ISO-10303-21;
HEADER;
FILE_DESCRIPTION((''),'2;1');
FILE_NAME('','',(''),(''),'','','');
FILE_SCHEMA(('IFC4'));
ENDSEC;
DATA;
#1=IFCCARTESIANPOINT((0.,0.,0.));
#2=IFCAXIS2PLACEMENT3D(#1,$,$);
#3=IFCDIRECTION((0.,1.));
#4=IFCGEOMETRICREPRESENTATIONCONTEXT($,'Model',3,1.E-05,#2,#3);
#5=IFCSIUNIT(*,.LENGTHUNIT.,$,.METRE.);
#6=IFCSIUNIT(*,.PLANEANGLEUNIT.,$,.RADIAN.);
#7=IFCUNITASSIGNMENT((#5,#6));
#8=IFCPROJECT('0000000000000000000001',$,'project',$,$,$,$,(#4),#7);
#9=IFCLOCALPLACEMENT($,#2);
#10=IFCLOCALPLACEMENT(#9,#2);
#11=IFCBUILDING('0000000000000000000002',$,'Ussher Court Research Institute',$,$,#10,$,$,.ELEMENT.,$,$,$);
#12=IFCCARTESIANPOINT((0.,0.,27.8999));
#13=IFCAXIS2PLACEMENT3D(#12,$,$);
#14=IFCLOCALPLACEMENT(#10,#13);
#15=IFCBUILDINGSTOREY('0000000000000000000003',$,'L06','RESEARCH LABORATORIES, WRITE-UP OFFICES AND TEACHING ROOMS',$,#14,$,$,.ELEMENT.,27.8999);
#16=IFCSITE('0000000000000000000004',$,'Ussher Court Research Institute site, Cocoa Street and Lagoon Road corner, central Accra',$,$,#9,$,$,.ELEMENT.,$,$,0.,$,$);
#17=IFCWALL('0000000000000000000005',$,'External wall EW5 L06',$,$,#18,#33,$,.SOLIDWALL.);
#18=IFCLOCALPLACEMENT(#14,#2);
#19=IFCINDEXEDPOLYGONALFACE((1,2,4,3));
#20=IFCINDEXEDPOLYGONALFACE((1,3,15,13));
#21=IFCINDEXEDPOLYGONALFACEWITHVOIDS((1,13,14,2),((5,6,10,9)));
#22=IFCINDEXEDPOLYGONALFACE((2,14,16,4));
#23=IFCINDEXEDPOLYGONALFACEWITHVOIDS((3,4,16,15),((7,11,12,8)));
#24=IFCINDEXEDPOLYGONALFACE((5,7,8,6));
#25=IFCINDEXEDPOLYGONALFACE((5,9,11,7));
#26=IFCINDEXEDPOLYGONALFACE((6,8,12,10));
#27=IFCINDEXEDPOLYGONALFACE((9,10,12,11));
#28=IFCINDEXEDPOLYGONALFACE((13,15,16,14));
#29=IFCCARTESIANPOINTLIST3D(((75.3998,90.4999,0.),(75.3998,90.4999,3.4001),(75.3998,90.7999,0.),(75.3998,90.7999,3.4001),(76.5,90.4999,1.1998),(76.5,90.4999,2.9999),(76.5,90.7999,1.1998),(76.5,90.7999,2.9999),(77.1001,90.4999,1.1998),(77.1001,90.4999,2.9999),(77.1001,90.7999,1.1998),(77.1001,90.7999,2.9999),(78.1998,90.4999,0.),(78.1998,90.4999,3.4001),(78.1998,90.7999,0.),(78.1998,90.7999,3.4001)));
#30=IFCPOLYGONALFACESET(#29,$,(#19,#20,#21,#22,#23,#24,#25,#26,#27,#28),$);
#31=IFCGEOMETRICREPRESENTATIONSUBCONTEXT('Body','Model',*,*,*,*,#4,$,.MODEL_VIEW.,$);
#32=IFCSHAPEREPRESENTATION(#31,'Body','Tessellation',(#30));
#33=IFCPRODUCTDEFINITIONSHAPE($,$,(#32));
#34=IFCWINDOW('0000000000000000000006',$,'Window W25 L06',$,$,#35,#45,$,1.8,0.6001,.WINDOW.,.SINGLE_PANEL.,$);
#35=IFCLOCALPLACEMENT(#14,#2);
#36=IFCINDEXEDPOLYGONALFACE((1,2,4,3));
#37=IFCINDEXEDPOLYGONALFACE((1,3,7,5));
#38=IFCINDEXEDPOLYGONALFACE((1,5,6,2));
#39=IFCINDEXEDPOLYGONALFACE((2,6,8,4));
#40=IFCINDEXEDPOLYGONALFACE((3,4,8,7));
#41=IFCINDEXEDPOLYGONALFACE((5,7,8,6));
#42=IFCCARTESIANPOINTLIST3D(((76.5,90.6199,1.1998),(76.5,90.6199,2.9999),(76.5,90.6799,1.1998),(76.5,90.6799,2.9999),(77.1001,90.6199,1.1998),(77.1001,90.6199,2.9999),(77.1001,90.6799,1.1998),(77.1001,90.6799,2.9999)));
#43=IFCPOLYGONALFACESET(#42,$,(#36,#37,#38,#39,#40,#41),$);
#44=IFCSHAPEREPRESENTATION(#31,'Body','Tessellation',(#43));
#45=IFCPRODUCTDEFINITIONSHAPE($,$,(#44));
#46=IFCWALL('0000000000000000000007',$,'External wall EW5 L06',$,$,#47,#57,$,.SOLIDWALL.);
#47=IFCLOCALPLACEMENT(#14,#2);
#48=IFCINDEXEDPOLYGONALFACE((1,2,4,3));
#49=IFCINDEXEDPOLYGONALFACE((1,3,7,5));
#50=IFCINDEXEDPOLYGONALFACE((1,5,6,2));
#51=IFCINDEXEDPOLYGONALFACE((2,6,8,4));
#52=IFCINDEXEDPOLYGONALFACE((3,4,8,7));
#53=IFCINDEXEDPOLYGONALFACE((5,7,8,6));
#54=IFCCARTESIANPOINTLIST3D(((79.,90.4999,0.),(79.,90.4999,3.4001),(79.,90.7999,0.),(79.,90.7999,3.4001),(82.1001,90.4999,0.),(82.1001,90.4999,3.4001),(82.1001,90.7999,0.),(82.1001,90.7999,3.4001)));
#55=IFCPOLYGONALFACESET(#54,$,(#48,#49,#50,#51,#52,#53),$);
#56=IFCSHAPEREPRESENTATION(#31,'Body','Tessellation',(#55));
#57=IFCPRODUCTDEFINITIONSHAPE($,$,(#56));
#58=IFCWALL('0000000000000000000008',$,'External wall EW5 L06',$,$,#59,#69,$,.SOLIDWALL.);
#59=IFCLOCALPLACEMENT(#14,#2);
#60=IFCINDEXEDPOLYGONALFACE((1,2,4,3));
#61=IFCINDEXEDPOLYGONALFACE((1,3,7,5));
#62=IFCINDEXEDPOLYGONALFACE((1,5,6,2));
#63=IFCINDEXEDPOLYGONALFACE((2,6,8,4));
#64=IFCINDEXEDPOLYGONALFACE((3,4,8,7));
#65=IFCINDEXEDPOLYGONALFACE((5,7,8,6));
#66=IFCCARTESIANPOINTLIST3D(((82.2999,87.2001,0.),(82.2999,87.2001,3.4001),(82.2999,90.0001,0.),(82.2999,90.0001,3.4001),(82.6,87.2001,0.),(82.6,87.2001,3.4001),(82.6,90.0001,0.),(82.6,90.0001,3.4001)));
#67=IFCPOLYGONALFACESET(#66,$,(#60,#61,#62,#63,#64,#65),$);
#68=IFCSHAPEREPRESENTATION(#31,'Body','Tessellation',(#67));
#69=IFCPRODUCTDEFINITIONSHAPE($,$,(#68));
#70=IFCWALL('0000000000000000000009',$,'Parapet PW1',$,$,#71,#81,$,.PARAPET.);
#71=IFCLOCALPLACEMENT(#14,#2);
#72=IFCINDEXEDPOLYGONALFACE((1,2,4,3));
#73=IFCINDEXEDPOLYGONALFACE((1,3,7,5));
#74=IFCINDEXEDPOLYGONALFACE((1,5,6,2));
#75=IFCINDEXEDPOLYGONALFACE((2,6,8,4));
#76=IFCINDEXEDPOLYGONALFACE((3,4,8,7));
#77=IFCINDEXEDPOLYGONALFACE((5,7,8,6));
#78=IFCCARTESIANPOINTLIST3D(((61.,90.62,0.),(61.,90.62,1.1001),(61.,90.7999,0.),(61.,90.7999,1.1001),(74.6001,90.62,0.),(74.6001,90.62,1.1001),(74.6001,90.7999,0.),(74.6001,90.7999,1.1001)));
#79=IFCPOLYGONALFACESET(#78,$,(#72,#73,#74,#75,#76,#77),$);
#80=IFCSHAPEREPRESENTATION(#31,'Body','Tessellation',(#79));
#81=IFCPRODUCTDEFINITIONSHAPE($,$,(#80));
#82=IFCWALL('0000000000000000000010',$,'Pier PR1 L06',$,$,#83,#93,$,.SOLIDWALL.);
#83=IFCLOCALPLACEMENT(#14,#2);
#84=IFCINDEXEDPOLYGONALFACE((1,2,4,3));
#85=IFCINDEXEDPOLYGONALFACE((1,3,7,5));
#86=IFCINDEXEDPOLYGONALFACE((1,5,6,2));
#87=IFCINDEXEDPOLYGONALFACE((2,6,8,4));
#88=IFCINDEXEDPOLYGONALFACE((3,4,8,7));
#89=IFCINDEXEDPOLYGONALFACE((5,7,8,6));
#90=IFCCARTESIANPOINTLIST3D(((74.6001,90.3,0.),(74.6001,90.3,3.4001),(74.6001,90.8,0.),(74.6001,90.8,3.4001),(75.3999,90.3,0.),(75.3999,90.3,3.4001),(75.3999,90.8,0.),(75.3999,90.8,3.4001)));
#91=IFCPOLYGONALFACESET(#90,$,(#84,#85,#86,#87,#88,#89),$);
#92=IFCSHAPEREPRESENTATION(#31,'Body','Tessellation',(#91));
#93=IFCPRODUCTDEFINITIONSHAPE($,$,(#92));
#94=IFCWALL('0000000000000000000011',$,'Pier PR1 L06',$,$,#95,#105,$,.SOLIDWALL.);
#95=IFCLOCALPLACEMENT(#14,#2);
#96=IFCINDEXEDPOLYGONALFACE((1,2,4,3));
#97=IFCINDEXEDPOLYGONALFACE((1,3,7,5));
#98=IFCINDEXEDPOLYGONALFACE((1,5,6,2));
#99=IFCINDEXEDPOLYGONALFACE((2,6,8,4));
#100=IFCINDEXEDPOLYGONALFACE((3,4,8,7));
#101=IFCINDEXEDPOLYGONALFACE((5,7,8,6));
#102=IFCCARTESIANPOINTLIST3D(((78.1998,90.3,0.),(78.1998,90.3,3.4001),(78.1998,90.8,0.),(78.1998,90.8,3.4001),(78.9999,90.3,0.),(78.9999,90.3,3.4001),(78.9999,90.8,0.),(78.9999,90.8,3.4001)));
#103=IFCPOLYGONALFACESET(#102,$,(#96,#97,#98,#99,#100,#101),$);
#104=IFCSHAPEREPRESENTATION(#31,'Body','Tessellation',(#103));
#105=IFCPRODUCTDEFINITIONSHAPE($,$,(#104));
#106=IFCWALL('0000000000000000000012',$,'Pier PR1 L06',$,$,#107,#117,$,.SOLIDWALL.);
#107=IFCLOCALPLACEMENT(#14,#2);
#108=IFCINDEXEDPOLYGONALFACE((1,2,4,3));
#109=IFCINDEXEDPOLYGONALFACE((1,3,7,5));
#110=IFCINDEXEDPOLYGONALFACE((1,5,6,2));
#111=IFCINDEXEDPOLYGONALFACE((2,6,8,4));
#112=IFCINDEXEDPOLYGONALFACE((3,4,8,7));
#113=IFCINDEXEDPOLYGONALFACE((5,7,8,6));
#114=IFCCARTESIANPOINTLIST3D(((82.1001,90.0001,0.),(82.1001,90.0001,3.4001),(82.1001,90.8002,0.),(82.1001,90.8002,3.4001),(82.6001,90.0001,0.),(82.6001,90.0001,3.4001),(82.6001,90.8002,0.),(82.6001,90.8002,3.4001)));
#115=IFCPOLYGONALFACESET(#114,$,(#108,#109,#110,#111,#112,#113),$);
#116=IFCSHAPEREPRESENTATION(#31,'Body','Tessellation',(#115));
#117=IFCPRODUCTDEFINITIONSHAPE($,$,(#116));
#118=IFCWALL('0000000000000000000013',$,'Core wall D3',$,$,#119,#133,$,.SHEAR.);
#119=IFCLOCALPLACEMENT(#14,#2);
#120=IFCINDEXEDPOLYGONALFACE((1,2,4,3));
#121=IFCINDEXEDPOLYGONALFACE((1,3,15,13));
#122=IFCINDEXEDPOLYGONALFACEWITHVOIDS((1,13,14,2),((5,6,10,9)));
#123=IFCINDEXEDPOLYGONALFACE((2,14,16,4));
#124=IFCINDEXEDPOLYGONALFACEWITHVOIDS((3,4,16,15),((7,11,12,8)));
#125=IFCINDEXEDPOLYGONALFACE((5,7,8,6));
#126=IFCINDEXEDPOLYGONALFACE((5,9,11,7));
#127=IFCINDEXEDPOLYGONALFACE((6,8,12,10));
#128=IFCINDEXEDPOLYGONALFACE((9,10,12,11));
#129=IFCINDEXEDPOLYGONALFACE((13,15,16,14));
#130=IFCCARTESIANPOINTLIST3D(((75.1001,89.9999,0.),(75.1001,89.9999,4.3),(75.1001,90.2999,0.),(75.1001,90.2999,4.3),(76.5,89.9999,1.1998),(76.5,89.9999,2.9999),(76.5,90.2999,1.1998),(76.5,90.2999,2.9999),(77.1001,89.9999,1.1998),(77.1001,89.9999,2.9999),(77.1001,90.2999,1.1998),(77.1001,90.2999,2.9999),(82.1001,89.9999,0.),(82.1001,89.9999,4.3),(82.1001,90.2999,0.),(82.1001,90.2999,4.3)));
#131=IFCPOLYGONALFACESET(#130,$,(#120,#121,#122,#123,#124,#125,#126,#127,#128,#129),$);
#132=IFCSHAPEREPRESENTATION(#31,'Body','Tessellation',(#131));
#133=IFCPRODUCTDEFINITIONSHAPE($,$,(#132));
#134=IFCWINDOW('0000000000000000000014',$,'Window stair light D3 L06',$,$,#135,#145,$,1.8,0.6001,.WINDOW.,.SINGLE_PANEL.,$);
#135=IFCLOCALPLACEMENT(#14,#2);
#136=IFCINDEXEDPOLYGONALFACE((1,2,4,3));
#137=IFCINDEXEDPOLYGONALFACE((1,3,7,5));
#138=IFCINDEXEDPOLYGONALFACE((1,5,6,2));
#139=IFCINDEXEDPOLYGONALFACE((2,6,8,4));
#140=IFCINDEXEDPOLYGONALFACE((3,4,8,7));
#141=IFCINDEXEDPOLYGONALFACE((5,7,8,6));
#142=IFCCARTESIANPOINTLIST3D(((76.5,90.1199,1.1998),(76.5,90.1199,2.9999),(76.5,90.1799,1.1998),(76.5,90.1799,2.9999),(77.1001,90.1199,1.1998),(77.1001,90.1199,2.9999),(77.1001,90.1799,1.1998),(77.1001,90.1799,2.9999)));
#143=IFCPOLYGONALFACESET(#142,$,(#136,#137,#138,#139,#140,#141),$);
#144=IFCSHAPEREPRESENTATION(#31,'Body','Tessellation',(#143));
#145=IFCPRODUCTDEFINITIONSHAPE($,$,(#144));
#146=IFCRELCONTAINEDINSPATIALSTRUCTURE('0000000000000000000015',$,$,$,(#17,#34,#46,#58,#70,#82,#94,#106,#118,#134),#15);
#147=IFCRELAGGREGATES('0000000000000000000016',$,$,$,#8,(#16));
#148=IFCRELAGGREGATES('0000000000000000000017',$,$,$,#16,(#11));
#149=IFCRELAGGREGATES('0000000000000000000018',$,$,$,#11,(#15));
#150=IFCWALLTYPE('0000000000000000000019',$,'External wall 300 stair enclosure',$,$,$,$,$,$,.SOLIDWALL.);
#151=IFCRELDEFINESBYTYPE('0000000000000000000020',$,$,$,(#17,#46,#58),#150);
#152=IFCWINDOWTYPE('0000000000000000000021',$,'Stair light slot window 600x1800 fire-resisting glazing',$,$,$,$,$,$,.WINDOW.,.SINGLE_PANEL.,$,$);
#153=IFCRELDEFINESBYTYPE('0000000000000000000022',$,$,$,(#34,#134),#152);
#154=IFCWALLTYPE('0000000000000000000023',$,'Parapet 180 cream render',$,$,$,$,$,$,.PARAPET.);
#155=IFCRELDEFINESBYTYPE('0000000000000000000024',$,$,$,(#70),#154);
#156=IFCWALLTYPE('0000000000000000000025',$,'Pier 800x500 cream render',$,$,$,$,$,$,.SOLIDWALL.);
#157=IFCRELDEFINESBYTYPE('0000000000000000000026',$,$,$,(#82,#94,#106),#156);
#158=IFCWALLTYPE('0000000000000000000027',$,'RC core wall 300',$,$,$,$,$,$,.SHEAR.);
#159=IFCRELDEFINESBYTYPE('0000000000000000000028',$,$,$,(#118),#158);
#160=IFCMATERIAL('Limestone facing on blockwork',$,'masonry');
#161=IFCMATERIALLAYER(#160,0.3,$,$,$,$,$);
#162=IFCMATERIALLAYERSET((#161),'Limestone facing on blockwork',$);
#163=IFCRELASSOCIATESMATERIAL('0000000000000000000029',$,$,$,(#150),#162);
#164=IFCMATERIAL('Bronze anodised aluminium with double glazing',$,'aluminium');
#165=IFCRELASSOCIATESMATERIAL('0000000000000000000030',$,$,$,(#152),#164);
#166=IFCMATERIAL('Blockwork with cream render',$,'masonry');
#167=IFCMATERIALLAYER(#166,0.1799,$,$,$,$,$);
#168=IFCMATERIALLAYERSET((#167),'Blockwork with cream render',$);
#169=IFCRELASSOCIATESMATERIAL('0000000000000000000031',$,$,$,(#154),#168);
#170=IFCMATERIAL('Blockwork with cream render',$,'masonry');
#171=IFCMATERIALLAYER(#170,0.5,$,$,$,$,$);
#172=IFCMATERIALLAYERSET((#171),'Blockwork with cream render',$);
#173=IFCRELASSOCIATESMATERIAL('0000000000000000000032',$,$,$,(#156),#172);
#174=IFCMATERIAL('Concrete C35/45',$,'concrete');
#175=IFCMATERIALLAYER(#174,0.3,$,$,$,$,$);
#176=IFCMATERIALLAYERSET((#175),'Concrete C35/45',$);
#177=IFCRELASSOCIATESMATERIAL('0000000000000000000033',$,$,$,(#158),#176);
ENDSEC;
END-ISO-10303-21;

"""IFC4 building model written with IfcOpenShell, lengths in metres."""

from ifc_helpers import new_model, si_unit, direction, frame, frame_2d, origin, place, context, subcontext, project, spatial, rectangle, extrude, material, layer, layer_set, type_object, element, fill, save


model = new_model("IFC4")

# Units and contexts
model_context = context("Model", 3, precision=1e-05, world=origin(), true_north=direction((0.0, 1.0)))
body_context = subcontext(model_context, "Body", "Model", "MODEL_VIEW")
ifc_project = project(units=[si_unit("LENGTHUNIT", "METRE"), si_unit("PLANEANGLEUNIT", "RADIAN")], contexts=[model_context])

# Site, building, storey
site_placement = place(None, origin())
site = spatial("IfcSite", under=ifc_project, at=site_placement, Name="Ussher Court Research Institute site, Cocoa Street and Lagoon Road corner, central Accra", CompositionType="ELEMENT", RefElevation=0.0)
building_placement = place(site_placement, origin())
building = spatial("IfcBuilding", under=site, at=building_placement, Name="Ussher Court Research Institute", CompositionType="ELEMENT")
storey_placement = place(building_placement, frame((0.0, 0.0, 27.8999)))
storey = spatial("IfcBuildingStorey", under=building, at=storey_placement, Name="L06", Description="RESEARCH LABORATORIES, WRITE-UP OFFICES AND TEACHING ROOMS", CompositionType="ELEMENT", Elevation=27.8999)

# Wall, opening, window
ifc_material_1 = material(Name="Limestone facing on blockwork", Category="masonry")
ifc_layer_1 = layer(ifc_material_1, 0.3)
ifc_layer_set_1 = layer_set([ifc_layer_1], Name="Limestone facing on blockwork")
wall_type_1 = type_object("IfcWallType", Name="External wall 300 stair enclosure", PredefinedType="SOLIDWALL", material=ifc_layer_set_1)
ifc_material_2 = material(Name="Bronze anodised aluminium with double glazing", Category="aluminium")
window_type = type_object("IfcWindowType", Name="Stair light slot window 600x1800 fire-resisting glazing", PartitioningType="SINGLE_PANEL", PredefinedType="WINDOW", material=ifc_material_2)
wall_1_placement = place(storey_placement, frame((75.3999, 90.6499, 0.0), z_axis=(0.0, 0.0, 1.0), x_axis=(1.0, 0.0, 0.0)))
wall_1 = element("IfcWall", 1, at=wall_1_placement, inside=storey, type_object=wall_type_1, Name="External wall EW5 L06", PredefinedType="SOLIDWALL", context=body_context, shape_type="SweptSolid", body=[
    extrude(rectangle(XDim=2.8, YDim=0.3, at=frame_2d((1.3999, 0.0))), origin(), (0.0, 0.0, 1.0), 3.4001),
])
opening_1_placement = place(wall_1_placement, frame((1.1001, 0.0, 1.2)))
opening_1 = element("IfcOpeningElement", 2, at=opening_1_placement, cuts=wall_1, PredefinedType="OPENING", context=body_context, shape_type="SweptSolid", body=[
    extrude(rectangle(XDim=0.6001, YDim=1.8, at=frame_2d((0.3, 0.8999))), frame((0.0, 0.1602, 0.0), z_axis=(0.0, -1.0, 0.0), x_axis=(1.0, 0.0, 0.0)), (0.0, 0.0, 1.0), 0.3201),
])
window_1_placement = place(opening_1_placement, origin())
window_1 = element("IfcWindow", 3, at=window_1_placement, inside=storey, type_object=window_type, Name="Window W25 L06", OverallHeight=1.8, OverallWidth=0.6001, PartitioningType="SINGLE_PANEL", PredefinedType="WINDOW", context=body_context, shape_type="SweptSolid", body=[
    extrude(rectangle(XDim=0.6001, YDim=1.8, at=frame_2d((0.3, 0.8999))), frame((0.0, 0.03, 0.0), z_axis=(0.0, -1.0, 0.0), x_axis=(1.0, 0.0, 0.0)), (0.0, 0.0, 1.0), 0.0601),
])
fill(opening_1, window_1)

# Walls
wall_2_placement = place(storey_placement, frame((79.0, 90.6499, 0.0), z_axis=(0.0, 0.0, 1.0), x_axis=(1.0, 0.0, 0.0)))
element("IfcWall", 4, at=wall_2_placement, inside=storey, type_object=wall_type_1, Name="External wall EW5 L06", PredefinedType="SOLIDWALL", context=body_context, shape_type="SweptSolid", body=[
    extrude(rectangle(XDim=3.1001, YDim=0.3, at=frame_2d((1.55, 0.0))), origin(), (0.0, 0.0, 1.0), 3.4001),
])
wall_3_placement = place(storey_placement, frame((82.45, 90.0, 0.0), z_axis=(0.0, 0.0, 1.0), x_axis=(0.0, -1.0, 0.0)))
element("IfcWall", 5, at=wall_3_placement, inside=storey, type_object=wall_type_1, Name="External wall EW5 L06", PredefinedType="SOLIDWALL", context=body_context, shape_type="SweptSolid", body=[
    extrude(rectangle(XDim=2.8, YDim=0.3, at=frame_2d((1.3999, 0.0))), origin(), (0.0, 0.0, 1.0), 3.4001),
])
ifc_material_3 = material(Name="Blockwork with cream render", Category="masonry")
ifc_layer_2 = layer(ifc_material_3, 0.1799)
ifc_layer_set_2 = layer_set([ifc_layer_2], Name="Blockwork with cream render")
wall_type_2 = type_object("IfcWallType", Name="Parapet 180 cream render", PredefinedType="PARAPET", material=ifc_layer_set_2)
wall_4_placement = place(storey_placement, frame((74.6001, 90.71, 0.0), z_axis=(0.0, 0.0, 1.0), x_axis=(-1.0, 0.0, 0.0)))
element("IfcWall", 6, at=wall_4_placement, inside=storey, type_object=wall_type_2, Name="Parapet PW1", PredefinedType="PARAPET", context=body_context, shape_type="SweptSolid", body=[
    extrude(rectangle(XDim=13.6001, YDim=0.1799, at=frame_2d((6.8, 0.0))), origin(), (0.0, 0.0, 1.0), 1.1001),
])
ifc_material_4 = material(Name="Blockwork with cream render", Category="masonry")
ifc_layer_3 = layer(ifc_material_4, 0.5)
ifc_layer_set_3 = layer_set([ifc_layer_3], Name="Blockwork with cream render")
wall_type_3 = type_object("IfcWallType", Name="Pier 800x500 cream render", PredefinedType="SOLIDWALL", material=ifc_layer_set_3)
wall_5_placement = place(storey_placement, frame((74.6001, 90.55, 0.0), z_axis=(0.0, 0.0, 1.0), x_axis=(1.0, 0.0, 0.0)))
element("IfcWall", 7, at=wall_5_placement, inside=storey, type_object=wall_type_3, Name="Pier PR1 L06", PredefinedType="SOLIDWALL", context=body_context, shape_type="SweptSolid", body=[
    extrude(rectangle(XDim=0.7998, YDim=0.5, at=frame_2d((0.3999, 0.0))), origin(), (0.0, 0.0, 1.0), 3.4001),
])
for number, where, z_axis, x_axis, name in (
    (8, (78.2, 90.55, 0.0), (0.0, 0.0, 1.0), (1.0, 0.0, 0.0), "Pier PR1 L06"),
    (9, (82.3501, 90.8, 0.0), (0.0, 0.0, 1.0), (0.0, -1.0, 0.0), "Pier PR1 L06"),
):
    element("IfcWall", number, at=place(storey_placement, frame(where, z_axis=z_axis, x_axis=x_axis)), inside=storey, type_object=wall_type_3, Name=name, PredefinedType="SOLIDWALL", context=body_context, shape_type="SweptSolid", body=[
        extrude(rectangle(XDim=0.8, YDim=0.5, at=frame_2d((0.3999, 0.0))), origin(), (0.0, 0.0, 1.0), 3.4001),
    ])

# Wall, opening, window
ifc_material_5 = material(Name="Concrete C35/45", Category="concrete")
ifc_layer_4 = layer(ifc_material_5, 0.3)
ifc_layer_set_4 = layer_set([ifc_layer_4], Name="Concrete C35/45")
wall_type_4 = type_object("IfcWallType", Name="RC core wall 300", PredefinedType="SHEAR", material=ifc_layer_set_4)
wall_6_placement = place(storey_placement, frame((75.1001, 90.1499, 0.0), z_axis=(0.0, 0.0, 1.0), x_axis=(1.0, 0.0, 0.0)))
wall_6 = element("IfcWall", 10, at=wall_6_placement, inside=storey, type_object=wall_type_4, Name="Core wall D3", PredefinedType="SHEAR", context=body_context, shape_type="SweptSolid", body=[
    extrude(rectangle(XDim=7.0, YDim=0.3, at=frame_2d((3.5, 0.0))), origin(), (0.0, 0.0, 1.0), 4.3),
])
opening_2_placement = place(wall_6_placement, frame((1.3999, 0.0, 1.2)))
opening_2 = element("IfcOpeningElement", 11, at=opening_2_placement, cuts=wall_6, PredefinedType="OPENING", context=body_context, shape_type="SweptSolid", body=[
    extrude(rectangle(XDim=0.6001, YDim=1.8, at=frame_2d((0.3, 0.8999))), frame((0.0, 0.1602, 0.0), z_axis=(0.0, -1.0, 0.0), x_axis=(1.0, 0.0, 0.0)), (0.0, 0.0, 1.0), 0.3201),
])
window_2_placement = place(opening_2_placement, origin())
window_2 = element("IfcWindow", 12, at=window_2_placement, inside=storey, type_object=window_type, Name="Window stair light D3 L06", OverallHeight=1.8, OverallWidth=0.6001, PartitioningType="SINGLE_PANEL", PredefinedType="WINDOW", context=body_context, shape_type="SweptSolid", body=[
    extrude(rectangle(XDim=0.6001, YDim=1.8, at=frame_2d((0.3, 0.8999))), frame((0.0, 0.03, 0.0), z_axis=(0.0, -1.0, 0.0), x_axis=(1.0, 0.0, 0.0)), (0.0, 0.0, 1.0), 0.0601),
])
fill(opening_2, window_2)

save(model, "model.ifc")
